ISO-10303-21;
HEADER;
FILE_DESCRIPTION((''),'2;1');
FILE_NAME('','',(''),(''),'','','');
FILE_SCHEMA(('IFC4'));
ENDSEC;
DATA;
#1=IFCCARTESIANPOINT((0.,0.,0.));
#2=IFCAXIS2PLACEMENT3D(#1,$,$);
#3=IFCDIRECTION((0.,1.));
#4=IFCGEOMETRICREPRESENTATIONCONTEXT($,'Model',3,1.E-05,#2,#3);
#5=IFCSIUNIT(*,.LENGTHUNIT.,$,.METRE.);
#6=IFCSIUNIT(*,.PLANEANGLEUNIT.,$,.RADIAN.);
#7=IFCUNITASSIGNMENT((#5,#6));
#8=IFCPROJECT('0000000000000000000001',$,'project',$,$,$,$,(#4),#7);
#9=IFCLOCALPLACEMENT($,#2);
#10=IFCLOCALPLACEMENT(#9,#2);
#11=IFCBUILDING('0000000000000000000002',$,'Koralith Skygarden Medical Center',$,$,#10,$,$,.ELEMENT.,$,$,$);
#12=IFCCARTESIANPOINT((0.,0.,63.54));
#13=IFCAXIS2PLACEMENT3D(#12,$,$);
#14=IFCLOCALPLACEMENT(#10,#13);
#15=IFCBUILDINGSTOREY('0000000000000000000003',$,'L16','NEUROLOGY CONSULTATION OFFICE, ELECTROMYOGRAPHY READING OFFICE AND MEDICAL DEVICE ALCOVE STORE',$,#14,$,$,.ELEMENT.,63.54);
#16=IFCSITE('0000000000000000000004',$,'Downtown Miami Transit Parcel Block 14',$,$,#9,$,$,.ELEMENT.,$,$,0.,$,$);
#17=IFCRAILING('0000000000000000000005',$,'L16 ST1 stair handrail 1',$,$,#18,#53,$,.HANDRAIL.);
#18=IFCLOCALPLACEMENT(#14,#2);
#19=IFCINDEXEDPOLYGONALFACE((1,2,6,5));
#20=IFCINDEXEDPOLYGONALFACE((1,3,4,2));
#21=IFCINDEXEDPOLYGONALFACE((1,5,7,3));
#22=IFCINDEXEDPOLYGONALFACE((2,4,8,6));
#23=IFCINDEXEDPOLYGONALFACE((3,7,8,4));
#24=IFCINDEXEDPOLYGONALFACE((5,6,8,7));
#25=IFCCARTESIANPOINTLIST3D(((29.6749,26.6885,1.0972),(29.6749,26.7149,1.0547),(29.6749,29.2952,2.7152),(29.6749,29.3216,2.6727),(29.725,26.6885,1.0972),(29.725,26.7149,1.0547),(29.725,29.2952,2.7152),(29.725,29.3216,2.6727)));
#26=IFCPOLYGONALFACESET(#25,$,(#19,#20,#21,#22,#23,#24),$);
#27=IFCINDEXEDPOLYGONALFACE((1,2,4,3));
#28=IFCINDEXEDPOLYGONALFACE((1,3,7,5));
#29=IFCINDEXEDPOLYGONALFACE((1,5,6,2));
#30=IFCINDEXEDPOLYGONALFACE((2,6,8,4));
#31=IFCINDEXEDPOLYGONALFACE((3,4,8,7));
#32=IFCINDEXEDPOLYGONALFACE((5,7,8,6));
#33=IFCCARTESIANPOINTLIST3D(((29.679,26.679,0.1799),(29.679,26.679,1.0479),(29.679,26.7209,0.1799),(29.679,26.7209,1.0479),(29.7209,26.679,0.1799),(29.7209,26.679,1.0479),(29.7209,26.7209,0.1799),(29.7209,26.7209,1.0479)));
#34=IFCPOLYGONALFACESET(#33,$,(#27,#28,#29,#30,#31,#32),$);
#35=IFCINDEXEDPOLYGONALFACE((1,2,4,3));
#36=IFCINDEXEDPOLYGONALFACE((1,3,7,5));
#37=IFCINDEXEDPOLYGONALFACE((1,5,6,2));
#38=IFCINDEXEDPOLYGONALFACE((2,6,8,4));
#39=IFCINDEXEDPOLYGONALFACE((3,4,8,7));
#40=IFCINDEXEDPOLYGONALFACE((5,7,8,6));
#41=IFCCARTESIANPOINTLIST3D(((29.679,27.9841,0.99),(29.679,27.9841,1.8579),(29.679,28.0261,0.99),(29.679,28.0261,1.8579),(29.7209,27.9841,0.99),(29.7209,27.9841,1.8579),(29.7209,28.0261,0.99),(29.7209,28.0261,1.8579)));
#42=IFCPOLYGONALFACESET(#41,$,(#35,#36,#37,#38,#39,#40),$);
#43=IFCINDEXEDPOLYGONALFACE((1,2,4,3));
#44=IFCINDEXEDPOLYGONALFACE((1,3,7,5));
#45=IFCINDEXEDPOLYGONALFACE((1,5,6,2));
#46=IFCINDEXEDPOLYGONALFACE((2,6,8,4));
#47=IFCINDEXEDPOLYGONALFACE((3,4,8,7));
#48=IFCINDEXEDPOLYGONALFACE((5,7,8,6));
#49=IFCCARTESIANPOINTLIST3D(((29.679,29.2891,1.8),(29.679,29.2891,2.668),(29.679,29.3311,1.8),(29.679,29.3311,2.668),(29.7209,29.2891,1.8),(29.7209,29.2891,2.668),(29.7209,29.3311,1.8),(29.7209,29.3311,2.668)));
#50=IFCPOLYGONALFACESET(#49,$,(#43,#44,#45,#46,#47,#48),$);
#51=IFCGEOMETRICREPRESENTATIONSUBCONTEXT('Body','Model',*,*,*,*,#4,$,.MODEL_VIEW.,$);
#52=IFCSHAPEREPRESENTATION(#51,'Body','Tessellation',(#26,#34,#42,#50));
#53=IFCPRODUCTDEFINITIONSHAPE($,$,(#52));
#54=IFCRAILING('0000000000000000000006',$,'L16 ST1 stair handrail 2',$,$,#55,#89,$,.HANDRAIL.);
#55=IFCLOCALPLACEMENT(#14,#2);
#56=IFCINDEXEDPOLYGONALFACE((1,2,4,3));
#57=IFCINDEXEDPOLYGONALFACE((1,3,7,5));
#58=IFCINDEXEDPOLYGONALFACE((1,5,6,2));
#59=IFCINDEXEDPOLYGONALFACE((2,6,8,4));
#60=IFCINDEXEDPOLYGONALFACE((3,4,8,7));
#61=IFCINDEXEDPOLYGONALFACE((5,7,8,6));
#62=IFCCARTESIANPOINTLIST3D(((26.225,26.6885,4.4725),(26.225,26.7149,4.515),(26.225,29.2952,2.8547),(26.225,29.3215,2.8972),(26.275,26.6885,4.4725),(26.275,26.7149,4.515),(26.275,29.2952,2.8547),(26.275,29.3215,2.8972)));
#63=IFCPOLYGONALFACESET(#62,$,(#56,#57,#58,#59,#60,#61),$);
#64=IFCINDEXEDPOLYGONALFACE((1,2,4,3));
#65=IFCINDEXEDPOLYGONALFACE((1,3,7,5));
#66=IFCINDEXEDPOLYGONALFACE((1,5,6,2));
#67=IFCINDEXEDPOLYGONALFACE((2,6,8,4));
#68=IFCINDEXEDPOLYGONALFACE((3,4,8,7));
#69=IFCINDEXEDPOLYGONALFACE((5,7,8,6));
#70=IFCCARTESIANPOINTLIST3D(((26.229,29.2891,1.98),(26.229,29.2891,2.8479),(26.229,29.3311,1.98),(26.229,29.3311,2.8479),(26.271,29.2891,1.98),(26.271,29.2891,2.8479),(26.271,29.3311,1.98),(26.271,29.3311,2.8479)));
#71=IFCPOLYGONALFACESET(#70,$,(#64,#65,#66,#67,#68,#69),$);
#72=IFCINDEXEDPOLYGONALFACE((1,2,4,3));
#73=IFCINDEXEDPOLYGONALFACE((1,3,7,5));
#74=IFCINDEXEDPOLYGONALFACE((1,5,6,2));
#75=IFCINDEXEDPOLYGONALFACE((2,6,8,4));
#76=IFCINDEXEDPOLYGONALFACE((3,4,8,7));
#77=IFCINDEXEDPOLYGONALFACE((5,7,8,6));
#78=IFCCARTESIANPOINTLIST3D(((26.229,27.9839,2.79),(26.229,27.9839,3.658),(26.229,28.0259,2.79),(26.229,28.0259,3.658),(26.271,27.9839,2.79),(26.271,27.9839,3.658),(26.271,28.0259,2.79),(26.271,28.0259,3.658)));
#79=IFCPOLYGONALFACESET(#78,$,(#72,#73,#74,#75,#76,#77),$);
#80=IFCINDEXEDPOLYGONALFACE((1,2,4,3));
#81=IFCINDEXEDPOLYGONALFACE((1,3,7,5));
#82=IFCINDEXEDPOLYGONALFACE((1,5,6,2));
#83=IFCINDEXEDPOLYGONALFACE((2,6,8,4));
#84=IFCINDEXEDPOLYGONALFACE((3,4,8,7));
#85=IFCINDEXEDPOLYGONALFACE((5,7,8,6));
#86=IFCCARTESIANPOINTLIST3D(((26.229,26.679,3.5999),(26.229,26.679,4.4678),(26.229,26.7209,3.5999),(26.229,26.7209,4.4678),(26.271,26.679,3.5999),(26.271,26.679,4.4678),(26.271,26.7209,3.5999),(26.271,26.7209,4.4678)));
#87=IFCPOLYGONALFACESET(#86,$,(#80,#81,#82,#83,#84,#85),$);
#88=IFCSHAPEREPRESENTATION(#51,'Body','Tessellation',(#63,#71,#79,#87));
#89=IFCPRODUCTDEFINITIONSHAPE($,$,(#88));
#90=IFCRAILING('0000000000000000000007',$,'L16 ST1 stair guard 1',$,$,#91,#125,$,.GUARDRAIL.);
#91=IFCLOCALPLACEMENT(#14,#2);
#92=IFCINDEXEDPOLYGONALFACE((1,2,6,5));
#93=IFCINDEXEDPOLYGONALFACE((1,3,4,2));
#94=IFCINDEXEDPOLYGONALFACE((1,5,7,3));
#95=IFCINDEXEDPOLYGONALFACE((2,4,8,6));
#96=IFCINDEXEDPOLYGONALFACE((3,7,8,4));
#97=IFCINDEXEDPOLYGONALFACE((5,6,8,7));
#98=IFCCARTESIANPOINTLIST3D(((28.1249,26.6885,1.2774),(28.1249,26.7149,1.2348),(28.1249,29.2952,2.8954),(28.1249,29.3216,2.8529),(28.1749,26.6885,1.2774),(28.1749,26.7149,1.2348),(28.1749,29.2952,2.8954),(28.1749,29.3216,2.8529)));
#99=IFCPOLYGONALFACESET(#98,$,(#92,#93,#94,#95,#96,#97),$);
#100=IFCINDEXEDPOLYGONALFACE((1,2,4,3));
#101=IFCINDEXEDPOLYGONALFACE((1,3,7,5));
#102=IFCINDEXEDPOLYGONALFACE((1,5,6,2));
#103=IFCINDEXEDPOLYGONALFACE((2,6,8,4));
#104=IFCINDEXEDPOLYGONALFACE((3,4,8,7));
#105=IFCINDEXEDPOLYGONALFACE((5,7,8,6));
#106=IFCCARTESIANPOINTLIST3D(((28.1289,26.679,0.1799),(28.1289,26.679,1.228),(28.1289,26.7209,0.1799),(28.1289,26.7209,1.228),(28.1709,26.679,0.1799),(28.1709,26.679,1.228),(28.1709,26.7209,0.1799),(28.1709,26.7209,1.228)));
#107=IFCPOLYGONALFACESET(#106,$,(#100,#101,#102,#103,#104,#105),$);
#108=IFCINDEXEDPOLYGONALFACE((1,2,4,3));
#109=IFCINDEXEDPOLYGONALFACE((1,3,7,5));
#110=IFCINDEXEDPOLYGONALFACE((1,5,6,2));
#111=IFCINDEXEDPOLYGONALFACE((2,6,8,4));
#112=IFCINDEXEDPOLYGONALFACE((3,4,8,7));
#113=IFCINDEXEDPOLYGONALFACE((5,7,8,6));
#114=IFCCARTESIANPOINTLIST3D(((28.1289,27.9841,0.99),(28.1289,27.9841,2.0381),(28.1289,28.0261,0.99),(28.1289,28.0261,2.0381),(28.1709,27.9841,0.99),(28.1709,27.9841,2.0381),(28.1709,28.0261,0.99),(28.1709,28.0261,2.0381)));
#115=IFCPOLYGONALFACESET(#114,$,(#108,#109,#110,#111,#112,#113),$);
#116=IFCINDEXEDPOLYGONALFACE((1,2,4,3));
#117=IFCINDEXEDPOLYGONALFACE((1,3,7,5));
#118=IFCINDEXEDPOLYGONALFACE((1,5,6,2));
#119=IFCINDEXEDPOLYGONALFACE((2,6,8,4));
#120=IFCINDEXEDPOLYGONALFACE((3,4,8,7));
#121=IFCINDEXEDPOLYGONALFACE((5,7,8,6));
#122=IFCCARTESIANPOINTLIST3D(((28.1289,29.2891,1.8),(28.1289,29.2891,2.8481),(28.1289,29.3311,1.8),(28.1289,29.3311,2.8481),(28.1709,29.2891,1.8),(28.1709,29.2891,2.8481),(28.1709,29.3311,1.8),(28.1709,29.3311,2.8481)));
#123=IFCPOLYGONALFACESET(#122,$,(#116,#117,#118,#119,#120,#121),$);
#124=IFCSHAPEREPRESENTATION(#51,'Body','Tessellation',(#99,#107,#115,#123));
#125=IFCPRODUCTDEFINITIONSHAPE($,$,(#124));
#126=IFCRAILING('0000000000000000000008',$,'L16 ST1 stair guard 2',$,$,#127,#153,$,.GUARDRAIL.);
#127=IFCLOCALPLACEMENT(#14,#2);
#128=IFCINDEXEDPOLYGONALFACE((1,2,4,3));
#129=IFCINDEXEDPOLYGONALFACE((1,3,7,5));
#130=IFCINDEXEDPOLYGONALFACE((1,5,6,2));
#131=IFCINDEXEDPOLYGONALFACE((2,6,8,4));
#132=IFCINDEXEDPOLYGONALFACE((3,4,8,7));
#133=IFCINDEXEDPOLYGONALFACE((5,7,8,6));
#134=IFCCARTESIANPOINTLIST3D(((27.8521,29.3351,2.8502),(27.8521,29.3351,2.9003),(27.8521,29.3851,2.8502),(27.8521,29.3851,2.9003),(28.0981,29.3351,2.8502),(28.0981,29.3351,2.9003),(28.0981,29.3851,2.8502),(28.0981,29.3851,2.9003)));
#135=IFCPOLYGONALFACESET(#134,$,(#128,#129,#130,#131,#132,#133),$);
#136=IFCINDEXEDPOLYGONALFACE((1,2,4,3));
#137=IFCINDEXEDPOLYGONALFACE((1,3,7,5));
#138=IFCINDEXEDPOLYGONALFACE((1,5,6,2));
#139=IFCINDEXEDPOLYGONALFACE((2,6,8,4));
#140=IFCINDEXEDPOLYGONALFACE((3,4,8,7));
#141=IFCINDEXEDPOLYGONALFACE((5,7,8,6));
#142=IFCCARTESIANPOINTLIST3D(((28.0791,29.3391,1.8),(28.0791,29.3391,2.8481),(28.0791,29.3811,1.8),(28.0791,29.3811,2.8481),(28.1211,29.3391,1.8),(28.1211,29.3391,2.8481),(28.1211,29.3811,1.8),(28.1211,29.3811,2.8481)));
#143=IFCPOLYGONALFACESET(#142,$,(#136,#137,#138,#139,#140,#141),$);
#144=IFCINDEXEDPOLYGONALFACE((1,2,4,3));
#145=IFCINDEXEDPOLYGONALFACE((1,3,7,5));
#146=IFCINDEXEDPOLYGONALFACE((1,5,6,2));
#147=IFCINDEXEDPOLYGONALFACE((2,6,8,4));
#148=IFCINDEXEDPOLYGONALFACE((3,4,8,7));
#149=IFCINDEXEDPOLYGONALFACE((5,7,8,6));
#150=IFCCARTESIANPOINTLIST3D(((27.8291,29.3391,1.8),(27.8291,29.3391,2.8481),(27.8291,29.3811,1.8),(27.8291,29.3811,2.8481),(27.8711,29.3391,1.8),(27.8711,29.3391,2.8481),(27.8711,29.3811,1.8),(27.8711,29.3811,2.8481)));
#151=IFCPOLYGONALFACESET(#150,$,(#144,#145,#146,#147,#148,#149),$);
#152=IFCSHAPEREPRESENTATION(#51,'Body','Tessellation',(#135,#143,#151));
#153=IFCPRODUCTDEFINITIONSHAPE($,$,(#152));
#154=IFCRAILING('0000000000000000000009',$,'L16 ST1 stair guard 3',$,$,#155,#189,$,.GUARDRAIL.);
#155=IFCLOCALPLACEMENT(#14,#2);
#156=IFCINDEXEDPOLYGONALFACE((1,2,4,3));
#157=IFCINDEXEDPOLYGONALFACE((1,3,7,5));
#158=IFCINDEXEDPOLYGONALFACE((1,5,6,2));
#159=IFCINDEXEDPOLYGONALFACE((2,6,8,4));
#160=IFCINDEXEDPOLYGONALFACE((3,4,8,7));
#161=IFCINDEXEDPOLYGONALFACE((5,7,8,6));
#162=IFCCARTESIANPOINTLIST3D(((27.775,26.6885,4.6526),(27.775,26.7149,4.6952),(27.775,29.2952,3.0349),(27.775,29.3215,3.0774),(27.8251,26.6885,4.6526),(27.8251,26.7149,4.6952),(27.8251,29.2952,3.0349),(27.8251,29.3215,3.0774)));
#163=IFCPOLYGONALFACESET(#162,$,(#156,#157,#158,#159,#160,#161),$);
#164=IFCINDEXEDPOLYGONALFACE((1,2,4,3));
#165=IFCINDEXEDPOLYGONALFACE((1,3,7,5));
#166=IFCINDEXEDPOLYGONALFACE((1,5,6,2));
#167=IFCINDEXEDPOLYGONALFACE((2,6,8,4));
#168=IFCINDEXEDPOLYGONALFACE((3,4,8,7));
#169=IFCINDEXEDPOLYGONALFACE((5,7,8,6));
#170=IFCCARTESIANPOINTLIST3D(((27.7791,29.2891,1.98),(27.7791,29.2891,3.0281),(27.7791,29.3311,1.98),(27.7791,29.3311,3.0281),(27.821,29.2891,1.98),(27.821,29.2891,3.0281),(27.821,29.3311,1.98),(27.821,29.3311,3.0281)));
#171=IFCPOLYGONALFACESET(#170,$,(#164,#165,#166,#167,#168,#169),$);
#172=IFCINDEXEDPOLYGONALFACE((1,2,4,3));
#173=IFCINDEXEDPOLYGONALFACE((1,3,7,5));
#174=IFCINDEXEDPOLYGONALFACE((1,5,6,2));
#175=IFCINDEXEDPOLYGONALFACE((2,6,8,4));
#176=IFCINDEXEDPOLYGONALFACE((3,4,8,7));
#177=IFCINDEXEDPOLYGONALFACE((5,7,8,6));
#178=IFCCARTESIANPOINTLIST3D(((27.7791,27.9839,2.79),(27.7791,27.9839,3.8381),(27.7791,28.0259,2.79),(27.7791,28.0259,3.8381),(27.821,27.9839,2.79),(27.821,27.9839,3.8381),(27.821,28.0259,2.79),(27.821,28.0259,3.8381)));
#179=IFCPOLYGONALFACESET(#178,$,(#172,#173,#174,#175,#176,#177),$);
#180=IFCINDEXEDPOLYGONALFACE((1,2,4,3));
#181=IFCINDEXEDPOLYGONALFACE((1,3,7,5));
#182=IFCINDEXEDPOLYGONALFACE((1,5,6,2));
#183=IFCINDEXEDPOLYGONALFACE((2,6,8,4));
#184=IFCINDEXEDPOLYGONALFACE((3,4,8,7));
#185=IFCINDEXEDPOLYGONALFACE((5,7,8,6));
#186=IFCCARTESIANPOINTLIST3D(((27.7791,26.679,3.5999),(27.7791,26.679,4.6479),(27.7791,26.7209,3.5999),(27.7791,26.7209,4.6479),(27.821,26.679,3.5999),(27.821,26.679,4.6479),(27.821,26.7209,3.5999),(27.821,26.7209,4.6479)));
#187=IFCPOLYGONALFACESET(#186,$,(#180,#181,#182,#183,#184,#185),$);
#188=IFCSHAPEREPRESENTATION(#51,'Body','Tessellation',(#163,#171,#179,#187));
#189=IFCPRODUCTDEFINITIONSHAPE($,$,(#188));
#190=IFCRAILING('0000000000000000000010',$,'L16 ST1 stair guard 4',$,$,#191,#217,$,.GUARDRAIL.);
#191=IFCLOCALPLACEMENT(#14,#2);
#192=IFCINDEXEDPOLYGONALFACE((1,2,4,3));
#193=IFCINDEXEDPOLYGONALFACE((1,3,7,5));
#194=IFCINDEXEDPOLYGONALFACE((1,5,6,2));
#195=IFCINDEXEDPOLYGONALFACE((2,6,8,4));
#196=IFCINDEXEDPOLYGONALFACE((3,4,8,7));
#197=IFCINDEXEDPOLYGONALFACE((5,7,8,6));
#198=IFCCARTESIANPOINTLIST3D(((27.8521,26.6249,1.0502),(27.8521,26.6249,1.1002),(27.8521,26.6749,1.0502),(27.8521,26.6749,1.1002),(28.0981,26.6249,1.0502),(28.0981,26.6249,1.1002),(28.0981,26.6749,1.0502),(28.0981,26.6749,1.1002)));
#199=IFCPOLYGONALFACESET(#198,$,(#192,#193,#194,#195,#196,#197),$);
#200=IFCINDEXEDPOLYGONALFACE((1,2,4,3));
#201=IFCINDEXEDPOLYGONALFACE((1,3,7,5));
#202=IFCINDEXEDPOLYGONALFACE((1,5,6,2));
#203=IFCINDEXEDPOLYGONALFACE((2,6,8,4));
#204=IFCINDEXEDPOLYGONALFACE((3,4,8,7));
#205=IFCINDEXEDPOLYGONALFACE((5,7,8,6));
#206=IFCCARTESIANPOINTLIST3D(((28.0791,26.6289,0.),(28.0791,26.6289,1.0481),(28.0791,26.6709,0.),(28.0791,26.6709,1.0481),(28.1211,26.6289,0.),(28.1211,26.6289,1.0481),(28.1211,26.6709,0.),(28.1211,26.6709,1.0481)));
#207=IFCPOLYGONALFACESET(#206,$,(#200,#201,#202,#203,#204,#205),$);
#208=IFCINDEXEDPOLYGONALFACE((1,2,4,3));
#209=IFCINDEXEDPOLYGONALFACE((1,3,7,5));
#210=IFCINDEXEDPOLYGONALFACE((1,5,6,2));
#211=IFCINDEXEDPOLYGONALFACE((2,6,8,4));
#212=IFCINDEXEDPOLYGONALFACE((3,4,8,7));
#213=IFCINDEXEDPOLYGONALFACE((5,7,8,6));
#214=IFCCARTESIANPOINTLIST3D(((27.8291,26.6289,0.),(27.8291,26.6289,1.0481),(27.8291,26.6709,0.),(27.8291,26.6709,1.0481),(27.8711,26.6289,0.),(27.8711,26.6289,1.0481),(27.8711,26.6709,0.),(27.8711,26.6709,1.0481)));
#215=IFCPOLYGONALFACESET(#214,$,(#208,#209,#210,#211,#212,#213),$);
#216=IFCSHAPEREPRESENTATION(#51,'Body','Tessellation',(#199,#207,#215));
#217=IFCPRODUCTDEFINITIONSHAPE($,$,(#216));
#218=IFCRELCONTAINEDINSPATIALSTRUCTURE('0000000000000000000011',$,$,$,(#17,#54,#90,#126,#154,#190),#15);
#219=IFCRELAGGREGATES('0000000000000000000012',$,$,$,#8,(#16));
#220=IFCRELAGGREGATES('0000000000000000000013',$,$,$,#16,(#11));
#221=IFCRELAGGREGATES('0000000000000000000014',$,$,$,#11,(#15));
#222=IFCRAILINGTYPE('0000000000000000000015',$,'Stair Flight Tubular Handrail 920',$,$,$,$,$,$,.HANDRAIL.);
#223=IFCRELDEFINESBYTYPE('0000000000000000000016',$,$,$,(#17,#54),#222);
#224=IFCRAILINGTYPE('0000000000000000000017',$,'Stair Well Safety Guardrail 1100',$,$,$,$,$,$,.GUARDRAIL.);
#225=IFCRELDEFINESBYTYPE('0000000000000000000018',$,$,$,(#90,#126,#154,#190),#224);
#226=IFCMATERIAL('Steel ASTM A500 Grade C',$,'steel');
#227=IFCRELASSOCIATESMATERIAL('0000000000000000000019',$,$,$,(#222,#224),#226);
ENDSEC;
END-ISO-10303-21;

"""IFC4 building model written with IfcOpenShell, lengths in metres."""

from ifc_helpers import new_model, si_unit, direction, frame, origin, origin_2d, place, context, subcontext, project, spatial, rectangle, extrude, material, type_object, element, save


model = new_model("IFC4")

# Units and contexts
model_context = context("Model", 3, precision=1e-05, world=origin(), true_north=direction((0.0, 1.0)))
body_context = subcontext(model_context, "Body", "Model", "MODEL_VIEW")
ifc_project = project(units=[si_unit("LENGTHUNIT", "METRE"), si_unit("PLANEANGLEUNIT", "RADIAN")], contexts=[model_context])

# Site, building, storey
site_placement = place(None, origin())
site = spatial("IfcSite", under=ifc_project, at=site_placement, Name="Downtown Miami Transit Parcel Block 14", CompositionType="ELEMENT", RefElevation=0.0)
building_placement = place(site_placement, origin())
building = spatial("IfcBuilding", under=site, at=building_placement, Name="Koralith Skygarden Medical Center", CompositionType="ELEMENT")
storey_placement = place(building_placement, frame((0.0, 0.0, 63.54)))
storey = spatial("IfcBuildingStorey", under=building, at=storey_placement, Name="L16", Description="NEUROLOGY CONSULTATION OFFICE, ELECTROMYOGRAPHY READING OFFICE AND MEDICAL DEVICE ALCOVE STORE", CompositionType="ELEMENT", Elevation=63.54)

# Shared definitions
ifc_material_1 = material(Name="Steel ASTM A500 Grade C", Category="steel")

# Railings
railing_type_1 = type_object("IfcRailingType", Name="Stair Flight Tubular Handrail 920", PredefinedType="HANDRAIL", material=ifc_material_1)
railing_1_placement = place(storey_placement, frame((29.7, 26.7, 0.1799)))
element("IfcRailing", 1, at=railing_1_placement, inside=storey, type_object=railing_type_1, Name="L16 ST1 stair handrail 1", PredefinedType="HANDRAIL", context=body_context, shape_type="SweptSolid", body=[
    extrude(rectangle(XDim=0.05, YDim=0.05, at=origin_2d()), frame((0.0, 0.0017, 0.896), z_axis=(0.0, 0.849633, 0.527375), x_axis=(-1.0, 0.0, 0.0)), (0.0, 0.0, 1.0), 3.0681),
    extrude(rectangle(XDim=0.042, YDim=0.042, at=origin_2d()), origin(), (0.0, 0.0, 1.0), 0.8679),
    extrude(rectangle(XDim=0.042, YDim=0.042, at=origin_2d()), frame((0.0, 1.3052, 0.8101)), (0.0, 0.0, 1.0), 0.8679),
    extrude(rectangle(XDim=0.042, YDim=0.042, at=origin_2d()), frame((0.0, 2.6101, 1.6201)), (0.0, 0.0, 1.0), 0.8679),
])
railing_2_placement = place(storey_placement, frame((26.25, 29.3101, 1.98)))
element("IfcRailing", 2, at=railing_2_placement, inside=storey, type_object=railing_type_1, Name="L16 ST1 stair handrail 2", PredefinedType="HANDRAIL", context=body_context, shape_type="SweptSolid", body=[
    extrude(rectangle(XDim=0.05, YDim=0.05, at=origin_2d()), frame((0.0, -0.0017, 0.896), z_axis=(0.0, -0.849668, 0.527317), x_axis=(1.0, 0.0, 0.0)), (0.0, 0.0, 1.0), 3.0679),
    extrude(rectangle(XDim=0.042, YDim=0.042, at=origin_2d()), origin(), (0.0, 0.0, 1.0), 0.8679),
    extrude(rectangle(XDim=0.042, YDim=0.042, at=origin_2d()), frame((0.0, -1.3052, 0.8101)), (0.0, 0.0, 1.0), 0.8679),
    extrude(rectangle(XDim=0.042, YDim=0.042, at=origin_2d()), frame((0.0, -2.6101, 1.6199)), (0.0, 0.0, 1.0), 0.8679),
])
railing_type_2 = type_object("IfcRailingType", Name="Stair Well Safety Guardrail 1100", PredefinedType="GUARDRAIL", material=ifc_material_1)
railing_3_placement = place(storey_placement, frame((28.1499, 26.7, 0.1799)))
element("IfcRailing", 3, at=railing_3_placement, inside=storey, type_object=railing_type_2, Name="L16 ST1 stair guard 1", PredefinedType="GUARDRAIL", context=body_context, shape_type="SweptSolid", body=[
    extrude(rectangle(XDim=0.05, YDim=0.05, at=origin_2d()), frame((0.0, 0.0017, 1.0762), z_axis=(0.0, 0.849633, 0.527375), x_axis=(-1.0, 0.0, 0.0)), (0.0, 0.0, 1.0), 3.0681),
    extrude(rectangle(XDim=0.042, YDim=0.042, at=origin_2d()), origin(), (0.0, 0.0, 1.0), 1.0481),
    extrude(rectangle(XDim=0.042, YDim=0.042, at=origin_2d()), frame((0.0, 1.3052, 0.8101)), (0.0, 0.0, 1.0), 1.0481),
    extrude(rectangle(XDim=0.042, YDim=0.042, at=origin_2d()), frame((0.0, 2.6101, 1.6201)), (0.0, 0.0, 1.0), 1.0481),
])
railing_4_placement = place(storey_placement, frame((28.1001, 29.3601, 1.8)))
element("IfcRailing", 4, at=railing_4_placement, inside=storey, type_object=railing_type_2, Name="L16 ST1 stair guard 2", PredefinedType="GUARDRAIL", context=body_context, shape_type="SweptSolid", body=[
    extrude(rectangle(XDim=0.05, YDim=0.05, at=origin_2d()), frame((-0.002, 0.0, 1.0752), z_axis=(-1.0, 0.0, 0.0), x_axis=(0.0, -1.0, 0.0)), (0.0, 0.0, 1.0), 0.2461),
    extrude(rectangle(XDim=0.042, YDim=0.042, at=origin_2d()), origin(), (0.0, 0.0, 1.0), 1.0481),
    extrude(rectangle(XDim=0.042, YDim=0.042, at=origin_2d()), frame((-0.25, 0.0, 0.0)), (0.0, 0.0, 1.0), 1.0481),
])
railing_5_placement = place(storey_placement, frame((27.8, 29.3101, 1.98)))
element("IfcRailing", 5, at=railing_5_placement, inside=storey, type_object=railing_type_2, Name="L16 ST1 stair guard 3", PredefinedType="GUARDRAIL", context=body_context, shape_type="SweptSolid", body=[
    extrude(rectangle(XDim=0.05, YDim=0.05, at=origin_2d()), frame((0.0, -0.0017, 1.0762), z_axis=(0.0, -0.849668, 0.527317), x_axis=(1.0, 0.0, 0.0)), (0.0, 0.0, 1.0), 3.0679),
    extrude(rectangle(XDim=0.042, YDim=0.042, at=origin_2d()), origin(), (0.0, 0.0, 1.0), 1.0481),
    extrude(rectangle(XDim=0.042, YDim=0.042, at=origin_2d()), frame((0.0, -1.3052, 0.8101)), (0.0, 0.0, 1.0), 1.0481),
    extrude(rectangle(XDim=0.042, YDim=0.042, at=origin_2d()), frame((0.0, -2.6101, 1.6199)), (0.0, 0.0, 1.0), 1.0481),
])
railing_6_placement = place(storey_placement, frame((28.1001, 26.6499, 0.0)))
element("IfcRailing", 6, at=railing_6_placement, inside=storey, type_object=railing_type_2, Name="L16 ST1 stair guard 4", PredefinedType="GUARDRAIL", context=body_context, shape_type="SweptSolid", body=[
    extrude(rectangle(XDim=0.05, YDim=0.05, at=origin_2d()), frame((-0.002, 0.0, 1.0752), z_axis=(-1.0, 0.0, 0.0), x_axis=(0.0, -1.0, 0.0)), (0.0, 0.0, 1.0), 0.2461),
    extrude(rectangle(XDim=0.042, YDim=0.042, at=origin_2d()), origin(), (0.0, 0.0, 1.0), 1.0481),
    extrude(rectangle(XDim=0.042, YDim=0.042, at=origin_2d()), frame((-0.25, 0.0, 0.0)), (0.0, 0.0, 1.0), 1.0481),
])

save(model, "model.ifc")
